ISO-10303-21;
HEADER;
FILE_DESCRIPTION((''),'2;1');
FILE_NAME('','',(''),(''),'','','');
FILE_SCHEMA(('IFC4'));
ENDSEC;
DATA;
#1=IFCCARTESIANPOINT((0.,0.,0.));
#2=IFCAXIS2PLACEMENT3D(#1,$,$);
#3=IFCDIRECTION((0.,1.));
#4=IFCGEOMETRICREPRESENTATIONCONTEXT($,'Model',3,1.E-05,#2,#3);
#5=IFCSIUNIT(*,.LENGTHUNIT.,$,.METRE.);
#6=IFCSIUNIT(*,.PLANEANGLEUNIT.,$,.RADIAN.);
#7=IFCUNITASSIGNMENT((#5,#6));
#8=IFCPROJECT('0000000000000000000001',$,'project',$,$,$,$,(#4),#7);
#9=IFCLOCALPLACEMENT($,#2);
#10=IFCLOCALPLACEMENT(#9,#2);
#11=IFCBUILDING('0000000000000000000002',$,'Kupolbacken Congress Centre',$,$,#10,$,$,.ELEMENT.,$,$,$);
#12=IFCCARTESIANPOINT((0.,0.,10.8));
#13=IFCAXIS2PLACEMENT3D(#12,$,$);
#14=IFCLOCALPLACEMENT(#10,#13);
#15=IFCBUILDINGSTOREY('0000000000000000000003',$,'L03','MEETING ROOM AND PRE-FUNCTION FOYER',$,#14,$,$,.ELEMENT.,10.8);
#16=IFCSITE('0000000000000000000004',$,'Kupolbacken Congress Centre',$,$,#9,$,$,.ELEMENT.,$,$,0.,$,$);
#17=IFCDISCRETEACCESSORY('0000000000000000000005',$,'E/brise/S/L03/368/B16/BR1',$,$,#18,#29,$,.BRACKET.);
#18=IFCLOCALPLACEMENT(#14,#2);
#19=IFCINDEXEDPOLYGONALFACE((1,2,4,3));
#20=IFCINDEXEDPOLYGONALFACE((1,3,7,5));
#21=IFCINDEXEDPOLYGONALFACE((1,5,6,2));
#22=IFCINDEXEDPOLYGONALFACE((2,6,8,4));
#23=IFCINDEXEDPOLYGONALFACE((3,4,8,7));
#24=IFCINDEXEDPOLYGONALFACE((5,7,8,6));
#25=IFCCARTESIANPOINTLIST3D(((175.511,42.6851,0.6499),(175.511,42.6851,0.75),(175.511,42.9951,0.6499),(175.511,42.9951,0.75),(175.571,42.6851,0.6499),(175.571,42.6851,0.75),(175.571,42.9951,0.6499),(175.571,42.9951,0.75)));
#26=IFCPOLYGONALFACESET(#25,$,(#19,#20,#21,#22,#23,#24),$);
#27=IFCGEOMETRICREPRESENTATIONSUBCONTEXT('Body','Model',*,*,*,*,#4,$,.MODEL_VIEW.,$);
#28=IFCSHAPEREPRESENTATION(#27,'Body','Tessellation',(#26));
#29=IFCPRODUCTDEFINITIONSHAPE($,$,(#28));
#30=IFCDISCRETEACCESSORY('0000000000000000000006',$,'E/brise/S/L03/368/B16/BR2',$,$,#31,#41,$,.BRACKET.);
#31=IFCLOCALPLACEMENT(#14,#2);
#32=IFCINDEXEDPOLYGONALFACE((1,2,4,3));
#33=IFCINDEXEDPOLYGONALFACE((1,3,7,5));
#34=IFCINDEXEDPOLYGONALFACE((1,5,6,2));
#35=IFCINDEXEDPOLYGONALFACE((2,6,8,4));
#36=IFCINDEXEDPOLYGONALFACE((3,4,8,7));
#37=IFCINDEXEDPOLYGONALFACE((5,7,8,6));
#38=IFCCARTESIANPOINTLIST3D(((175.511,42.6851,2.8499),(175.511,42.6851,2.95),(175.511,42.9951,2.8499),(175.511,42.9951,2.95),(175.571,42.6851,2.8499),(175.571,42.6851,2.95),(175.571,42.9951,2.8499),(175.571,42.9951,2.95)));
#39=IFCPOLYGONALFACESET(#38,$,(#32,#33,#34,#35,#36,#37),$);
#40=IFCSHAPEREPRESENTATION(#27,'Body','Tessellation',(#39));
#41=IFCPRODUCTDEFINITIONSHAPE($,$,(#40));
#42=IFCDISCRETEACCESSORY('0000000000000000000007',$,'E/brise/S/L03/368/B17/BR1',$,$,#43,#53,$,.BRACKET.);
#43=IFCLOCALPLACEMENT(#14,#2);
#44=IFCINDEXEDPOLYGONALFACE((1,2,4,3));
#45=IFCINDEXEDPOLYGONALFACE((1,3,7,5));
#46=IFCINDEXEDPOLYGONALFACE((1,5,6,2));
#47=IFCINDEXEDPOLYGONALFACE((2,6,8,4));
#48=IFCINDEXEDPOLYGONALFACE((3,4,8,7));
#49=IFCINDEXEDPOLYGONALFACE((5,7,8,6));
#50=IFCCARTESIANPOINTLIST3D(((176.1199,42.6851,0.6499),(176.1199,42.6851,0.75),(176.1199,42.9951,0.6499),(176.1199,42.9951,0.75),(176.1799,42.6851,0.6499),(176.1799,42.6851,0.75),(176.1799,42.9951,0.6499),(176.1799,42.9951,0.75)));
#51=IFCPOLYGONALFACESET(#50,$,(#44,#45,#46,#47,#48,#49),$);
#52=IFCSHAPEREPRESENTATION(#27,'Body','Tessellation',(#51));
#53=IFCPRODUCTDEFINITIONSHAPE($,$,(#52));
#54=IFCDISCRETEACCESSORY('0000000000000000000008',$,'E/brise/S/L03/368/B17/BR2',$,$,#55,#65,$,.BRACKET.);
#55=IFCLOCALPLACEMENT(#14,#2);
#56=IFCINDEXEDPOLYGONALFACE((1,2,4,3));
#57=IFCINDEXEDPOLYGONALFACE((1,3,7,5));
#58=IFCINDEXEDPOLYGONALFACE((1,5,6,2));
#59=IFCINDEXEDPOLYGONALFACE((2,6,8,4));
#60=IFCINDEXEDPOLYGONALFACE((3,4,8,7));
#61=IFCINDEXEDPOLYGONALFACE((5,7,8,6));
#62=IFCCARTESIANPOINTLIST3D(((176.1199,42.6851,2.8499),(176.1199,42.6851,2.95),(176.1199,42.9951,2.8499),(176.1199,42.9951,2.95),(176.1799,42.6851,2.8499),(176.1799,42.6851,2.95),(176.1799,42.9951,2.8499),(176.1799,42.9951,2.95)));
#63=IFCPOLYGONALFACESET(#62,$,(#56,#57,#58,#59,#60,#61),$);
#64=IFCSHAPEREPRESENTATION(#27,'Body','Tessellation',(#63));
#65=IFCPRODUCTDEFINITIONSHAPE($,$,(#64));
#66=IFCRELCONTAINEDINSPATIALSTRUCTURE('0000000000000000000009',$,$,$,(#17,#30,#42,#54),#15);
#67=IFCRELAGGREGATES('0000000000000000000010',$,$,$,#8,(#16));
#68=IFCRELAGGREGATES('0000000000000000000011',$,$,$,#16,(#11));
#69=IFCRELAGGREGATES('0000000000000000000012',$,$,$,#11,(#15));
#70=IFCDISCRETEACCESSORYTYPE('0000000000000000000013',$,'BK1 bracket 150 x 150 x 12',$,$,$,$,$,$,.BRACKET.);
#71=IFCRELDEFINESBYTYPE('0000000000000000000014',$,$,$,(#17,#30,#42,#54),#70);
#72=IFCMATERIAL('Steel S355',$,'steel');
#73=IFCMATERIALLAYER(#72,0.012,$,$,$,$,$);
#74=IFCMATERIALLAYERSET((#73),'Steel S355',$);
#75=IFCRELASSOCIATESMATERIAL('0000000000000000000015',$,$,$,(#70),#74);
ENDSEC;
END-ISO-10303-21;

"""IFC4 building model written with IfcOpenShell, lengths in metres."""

from ifc_helpers import new_model, si_unit, direction, frame, origin, origin_2d, place, context, subcontext, project, spatial, rectangle, extrude, material, layer, layer_set, type_object, element, save


model = new_model("IFC4")

# Units and contexts
model_context = context("Model", 3, precision=1e-05, world=origin(), true_north=direction((0.0, 1.0)))
body_context = subcontext(model_context, "Body", "Model", "MODEL_VIEW")
ifc_project = project(units=[si_unit("LENGTHUNIT", "METRE"), si_unit("PLANEANGLEUNIT", "RADIAN")], contexts=[model_context])

# Site, building, storey
site_placement = place(None, origin())
site = spatial("IfcSite", under=ifc_project, at=site_placement, Name="Kupolbacken Congress Centre", CompositionType="ELEMENT", RefElevation=0.0)
building_placement = place(site_placement, origin())
building = spatial("IfcBuilding", under=site, at=building_placement, Name="Kupolbacken Congress Centre", CompositionType="ELEMENT")
storey_placement = place(building_placement, frame((0.0, 0.0, 10.8)))
storey = spatial("IfcBuildingStorey", under=building, at=storey_placement, Name="L03", Description="MEETING ROOM AND PRE-FUNCTION FOYER", CompositionType="ELEMENT", Elevation=10.8)

# Discrete accessories
ifc_material_1 = material(Name="Steel S355", Category="steel")
ifc_layer_1 = layer(ifc_material_1, 0.012)
ifc_layer_set_1 = layer_set([ifc_layer_1], Name="Steel S355")
discrete_accessory_type = type_object("IfcDiscreteAccessoryType", Name="BK1 bracket 150 x 150 x 12", PredefinedType="BRACKET", material=ifc_layer_set_1)
for number, where, z_axis, x_axis, name in (
    (1, (175.541, 42.8401, 0.6499), (0.0, 0.0, 1.0), (1.0, 0.0, 0.0), "E/brise/S/L03/368/B16/BR1"),
    (2, (175.541, 42.8401, 2.8499), (0.0, 0.0, 1.0), (1.0, 0.0, 0.0), "E/brise/S/L03/368/B16/BR2"),
    (3, (176.1499, 42.8401, 0.6499), (0.0, 0.0, 1.0), (1.0, 0.0, 0.0), "E/brise/S/L03/368/B17/BR1"),
    (4, (176.1499, 42.8401, 2.8499), (0.0, 0.0, 1.0), (1.0, 0.0, 0.0), "E/brise/S/L03/368/B17/BR2"),
):
    element("IfcDiscreteAccessory", number, at=place(storey_placement, frame(where, z_axis=z_axis, x_axis=x_axis)), inside=storey, type_object=discrete_accessory_type, Name=name, PredefinedType="BRACKET", context=body_context, shape_type="SweptSolid", body=[
        extrude(rectangle(XDim=0.0601, YDim=0.3101, at=origin_2d()), origin(), (0.0, 0.0, 1.0), 0.1001),
    ])

save(model, "model.ifc")
